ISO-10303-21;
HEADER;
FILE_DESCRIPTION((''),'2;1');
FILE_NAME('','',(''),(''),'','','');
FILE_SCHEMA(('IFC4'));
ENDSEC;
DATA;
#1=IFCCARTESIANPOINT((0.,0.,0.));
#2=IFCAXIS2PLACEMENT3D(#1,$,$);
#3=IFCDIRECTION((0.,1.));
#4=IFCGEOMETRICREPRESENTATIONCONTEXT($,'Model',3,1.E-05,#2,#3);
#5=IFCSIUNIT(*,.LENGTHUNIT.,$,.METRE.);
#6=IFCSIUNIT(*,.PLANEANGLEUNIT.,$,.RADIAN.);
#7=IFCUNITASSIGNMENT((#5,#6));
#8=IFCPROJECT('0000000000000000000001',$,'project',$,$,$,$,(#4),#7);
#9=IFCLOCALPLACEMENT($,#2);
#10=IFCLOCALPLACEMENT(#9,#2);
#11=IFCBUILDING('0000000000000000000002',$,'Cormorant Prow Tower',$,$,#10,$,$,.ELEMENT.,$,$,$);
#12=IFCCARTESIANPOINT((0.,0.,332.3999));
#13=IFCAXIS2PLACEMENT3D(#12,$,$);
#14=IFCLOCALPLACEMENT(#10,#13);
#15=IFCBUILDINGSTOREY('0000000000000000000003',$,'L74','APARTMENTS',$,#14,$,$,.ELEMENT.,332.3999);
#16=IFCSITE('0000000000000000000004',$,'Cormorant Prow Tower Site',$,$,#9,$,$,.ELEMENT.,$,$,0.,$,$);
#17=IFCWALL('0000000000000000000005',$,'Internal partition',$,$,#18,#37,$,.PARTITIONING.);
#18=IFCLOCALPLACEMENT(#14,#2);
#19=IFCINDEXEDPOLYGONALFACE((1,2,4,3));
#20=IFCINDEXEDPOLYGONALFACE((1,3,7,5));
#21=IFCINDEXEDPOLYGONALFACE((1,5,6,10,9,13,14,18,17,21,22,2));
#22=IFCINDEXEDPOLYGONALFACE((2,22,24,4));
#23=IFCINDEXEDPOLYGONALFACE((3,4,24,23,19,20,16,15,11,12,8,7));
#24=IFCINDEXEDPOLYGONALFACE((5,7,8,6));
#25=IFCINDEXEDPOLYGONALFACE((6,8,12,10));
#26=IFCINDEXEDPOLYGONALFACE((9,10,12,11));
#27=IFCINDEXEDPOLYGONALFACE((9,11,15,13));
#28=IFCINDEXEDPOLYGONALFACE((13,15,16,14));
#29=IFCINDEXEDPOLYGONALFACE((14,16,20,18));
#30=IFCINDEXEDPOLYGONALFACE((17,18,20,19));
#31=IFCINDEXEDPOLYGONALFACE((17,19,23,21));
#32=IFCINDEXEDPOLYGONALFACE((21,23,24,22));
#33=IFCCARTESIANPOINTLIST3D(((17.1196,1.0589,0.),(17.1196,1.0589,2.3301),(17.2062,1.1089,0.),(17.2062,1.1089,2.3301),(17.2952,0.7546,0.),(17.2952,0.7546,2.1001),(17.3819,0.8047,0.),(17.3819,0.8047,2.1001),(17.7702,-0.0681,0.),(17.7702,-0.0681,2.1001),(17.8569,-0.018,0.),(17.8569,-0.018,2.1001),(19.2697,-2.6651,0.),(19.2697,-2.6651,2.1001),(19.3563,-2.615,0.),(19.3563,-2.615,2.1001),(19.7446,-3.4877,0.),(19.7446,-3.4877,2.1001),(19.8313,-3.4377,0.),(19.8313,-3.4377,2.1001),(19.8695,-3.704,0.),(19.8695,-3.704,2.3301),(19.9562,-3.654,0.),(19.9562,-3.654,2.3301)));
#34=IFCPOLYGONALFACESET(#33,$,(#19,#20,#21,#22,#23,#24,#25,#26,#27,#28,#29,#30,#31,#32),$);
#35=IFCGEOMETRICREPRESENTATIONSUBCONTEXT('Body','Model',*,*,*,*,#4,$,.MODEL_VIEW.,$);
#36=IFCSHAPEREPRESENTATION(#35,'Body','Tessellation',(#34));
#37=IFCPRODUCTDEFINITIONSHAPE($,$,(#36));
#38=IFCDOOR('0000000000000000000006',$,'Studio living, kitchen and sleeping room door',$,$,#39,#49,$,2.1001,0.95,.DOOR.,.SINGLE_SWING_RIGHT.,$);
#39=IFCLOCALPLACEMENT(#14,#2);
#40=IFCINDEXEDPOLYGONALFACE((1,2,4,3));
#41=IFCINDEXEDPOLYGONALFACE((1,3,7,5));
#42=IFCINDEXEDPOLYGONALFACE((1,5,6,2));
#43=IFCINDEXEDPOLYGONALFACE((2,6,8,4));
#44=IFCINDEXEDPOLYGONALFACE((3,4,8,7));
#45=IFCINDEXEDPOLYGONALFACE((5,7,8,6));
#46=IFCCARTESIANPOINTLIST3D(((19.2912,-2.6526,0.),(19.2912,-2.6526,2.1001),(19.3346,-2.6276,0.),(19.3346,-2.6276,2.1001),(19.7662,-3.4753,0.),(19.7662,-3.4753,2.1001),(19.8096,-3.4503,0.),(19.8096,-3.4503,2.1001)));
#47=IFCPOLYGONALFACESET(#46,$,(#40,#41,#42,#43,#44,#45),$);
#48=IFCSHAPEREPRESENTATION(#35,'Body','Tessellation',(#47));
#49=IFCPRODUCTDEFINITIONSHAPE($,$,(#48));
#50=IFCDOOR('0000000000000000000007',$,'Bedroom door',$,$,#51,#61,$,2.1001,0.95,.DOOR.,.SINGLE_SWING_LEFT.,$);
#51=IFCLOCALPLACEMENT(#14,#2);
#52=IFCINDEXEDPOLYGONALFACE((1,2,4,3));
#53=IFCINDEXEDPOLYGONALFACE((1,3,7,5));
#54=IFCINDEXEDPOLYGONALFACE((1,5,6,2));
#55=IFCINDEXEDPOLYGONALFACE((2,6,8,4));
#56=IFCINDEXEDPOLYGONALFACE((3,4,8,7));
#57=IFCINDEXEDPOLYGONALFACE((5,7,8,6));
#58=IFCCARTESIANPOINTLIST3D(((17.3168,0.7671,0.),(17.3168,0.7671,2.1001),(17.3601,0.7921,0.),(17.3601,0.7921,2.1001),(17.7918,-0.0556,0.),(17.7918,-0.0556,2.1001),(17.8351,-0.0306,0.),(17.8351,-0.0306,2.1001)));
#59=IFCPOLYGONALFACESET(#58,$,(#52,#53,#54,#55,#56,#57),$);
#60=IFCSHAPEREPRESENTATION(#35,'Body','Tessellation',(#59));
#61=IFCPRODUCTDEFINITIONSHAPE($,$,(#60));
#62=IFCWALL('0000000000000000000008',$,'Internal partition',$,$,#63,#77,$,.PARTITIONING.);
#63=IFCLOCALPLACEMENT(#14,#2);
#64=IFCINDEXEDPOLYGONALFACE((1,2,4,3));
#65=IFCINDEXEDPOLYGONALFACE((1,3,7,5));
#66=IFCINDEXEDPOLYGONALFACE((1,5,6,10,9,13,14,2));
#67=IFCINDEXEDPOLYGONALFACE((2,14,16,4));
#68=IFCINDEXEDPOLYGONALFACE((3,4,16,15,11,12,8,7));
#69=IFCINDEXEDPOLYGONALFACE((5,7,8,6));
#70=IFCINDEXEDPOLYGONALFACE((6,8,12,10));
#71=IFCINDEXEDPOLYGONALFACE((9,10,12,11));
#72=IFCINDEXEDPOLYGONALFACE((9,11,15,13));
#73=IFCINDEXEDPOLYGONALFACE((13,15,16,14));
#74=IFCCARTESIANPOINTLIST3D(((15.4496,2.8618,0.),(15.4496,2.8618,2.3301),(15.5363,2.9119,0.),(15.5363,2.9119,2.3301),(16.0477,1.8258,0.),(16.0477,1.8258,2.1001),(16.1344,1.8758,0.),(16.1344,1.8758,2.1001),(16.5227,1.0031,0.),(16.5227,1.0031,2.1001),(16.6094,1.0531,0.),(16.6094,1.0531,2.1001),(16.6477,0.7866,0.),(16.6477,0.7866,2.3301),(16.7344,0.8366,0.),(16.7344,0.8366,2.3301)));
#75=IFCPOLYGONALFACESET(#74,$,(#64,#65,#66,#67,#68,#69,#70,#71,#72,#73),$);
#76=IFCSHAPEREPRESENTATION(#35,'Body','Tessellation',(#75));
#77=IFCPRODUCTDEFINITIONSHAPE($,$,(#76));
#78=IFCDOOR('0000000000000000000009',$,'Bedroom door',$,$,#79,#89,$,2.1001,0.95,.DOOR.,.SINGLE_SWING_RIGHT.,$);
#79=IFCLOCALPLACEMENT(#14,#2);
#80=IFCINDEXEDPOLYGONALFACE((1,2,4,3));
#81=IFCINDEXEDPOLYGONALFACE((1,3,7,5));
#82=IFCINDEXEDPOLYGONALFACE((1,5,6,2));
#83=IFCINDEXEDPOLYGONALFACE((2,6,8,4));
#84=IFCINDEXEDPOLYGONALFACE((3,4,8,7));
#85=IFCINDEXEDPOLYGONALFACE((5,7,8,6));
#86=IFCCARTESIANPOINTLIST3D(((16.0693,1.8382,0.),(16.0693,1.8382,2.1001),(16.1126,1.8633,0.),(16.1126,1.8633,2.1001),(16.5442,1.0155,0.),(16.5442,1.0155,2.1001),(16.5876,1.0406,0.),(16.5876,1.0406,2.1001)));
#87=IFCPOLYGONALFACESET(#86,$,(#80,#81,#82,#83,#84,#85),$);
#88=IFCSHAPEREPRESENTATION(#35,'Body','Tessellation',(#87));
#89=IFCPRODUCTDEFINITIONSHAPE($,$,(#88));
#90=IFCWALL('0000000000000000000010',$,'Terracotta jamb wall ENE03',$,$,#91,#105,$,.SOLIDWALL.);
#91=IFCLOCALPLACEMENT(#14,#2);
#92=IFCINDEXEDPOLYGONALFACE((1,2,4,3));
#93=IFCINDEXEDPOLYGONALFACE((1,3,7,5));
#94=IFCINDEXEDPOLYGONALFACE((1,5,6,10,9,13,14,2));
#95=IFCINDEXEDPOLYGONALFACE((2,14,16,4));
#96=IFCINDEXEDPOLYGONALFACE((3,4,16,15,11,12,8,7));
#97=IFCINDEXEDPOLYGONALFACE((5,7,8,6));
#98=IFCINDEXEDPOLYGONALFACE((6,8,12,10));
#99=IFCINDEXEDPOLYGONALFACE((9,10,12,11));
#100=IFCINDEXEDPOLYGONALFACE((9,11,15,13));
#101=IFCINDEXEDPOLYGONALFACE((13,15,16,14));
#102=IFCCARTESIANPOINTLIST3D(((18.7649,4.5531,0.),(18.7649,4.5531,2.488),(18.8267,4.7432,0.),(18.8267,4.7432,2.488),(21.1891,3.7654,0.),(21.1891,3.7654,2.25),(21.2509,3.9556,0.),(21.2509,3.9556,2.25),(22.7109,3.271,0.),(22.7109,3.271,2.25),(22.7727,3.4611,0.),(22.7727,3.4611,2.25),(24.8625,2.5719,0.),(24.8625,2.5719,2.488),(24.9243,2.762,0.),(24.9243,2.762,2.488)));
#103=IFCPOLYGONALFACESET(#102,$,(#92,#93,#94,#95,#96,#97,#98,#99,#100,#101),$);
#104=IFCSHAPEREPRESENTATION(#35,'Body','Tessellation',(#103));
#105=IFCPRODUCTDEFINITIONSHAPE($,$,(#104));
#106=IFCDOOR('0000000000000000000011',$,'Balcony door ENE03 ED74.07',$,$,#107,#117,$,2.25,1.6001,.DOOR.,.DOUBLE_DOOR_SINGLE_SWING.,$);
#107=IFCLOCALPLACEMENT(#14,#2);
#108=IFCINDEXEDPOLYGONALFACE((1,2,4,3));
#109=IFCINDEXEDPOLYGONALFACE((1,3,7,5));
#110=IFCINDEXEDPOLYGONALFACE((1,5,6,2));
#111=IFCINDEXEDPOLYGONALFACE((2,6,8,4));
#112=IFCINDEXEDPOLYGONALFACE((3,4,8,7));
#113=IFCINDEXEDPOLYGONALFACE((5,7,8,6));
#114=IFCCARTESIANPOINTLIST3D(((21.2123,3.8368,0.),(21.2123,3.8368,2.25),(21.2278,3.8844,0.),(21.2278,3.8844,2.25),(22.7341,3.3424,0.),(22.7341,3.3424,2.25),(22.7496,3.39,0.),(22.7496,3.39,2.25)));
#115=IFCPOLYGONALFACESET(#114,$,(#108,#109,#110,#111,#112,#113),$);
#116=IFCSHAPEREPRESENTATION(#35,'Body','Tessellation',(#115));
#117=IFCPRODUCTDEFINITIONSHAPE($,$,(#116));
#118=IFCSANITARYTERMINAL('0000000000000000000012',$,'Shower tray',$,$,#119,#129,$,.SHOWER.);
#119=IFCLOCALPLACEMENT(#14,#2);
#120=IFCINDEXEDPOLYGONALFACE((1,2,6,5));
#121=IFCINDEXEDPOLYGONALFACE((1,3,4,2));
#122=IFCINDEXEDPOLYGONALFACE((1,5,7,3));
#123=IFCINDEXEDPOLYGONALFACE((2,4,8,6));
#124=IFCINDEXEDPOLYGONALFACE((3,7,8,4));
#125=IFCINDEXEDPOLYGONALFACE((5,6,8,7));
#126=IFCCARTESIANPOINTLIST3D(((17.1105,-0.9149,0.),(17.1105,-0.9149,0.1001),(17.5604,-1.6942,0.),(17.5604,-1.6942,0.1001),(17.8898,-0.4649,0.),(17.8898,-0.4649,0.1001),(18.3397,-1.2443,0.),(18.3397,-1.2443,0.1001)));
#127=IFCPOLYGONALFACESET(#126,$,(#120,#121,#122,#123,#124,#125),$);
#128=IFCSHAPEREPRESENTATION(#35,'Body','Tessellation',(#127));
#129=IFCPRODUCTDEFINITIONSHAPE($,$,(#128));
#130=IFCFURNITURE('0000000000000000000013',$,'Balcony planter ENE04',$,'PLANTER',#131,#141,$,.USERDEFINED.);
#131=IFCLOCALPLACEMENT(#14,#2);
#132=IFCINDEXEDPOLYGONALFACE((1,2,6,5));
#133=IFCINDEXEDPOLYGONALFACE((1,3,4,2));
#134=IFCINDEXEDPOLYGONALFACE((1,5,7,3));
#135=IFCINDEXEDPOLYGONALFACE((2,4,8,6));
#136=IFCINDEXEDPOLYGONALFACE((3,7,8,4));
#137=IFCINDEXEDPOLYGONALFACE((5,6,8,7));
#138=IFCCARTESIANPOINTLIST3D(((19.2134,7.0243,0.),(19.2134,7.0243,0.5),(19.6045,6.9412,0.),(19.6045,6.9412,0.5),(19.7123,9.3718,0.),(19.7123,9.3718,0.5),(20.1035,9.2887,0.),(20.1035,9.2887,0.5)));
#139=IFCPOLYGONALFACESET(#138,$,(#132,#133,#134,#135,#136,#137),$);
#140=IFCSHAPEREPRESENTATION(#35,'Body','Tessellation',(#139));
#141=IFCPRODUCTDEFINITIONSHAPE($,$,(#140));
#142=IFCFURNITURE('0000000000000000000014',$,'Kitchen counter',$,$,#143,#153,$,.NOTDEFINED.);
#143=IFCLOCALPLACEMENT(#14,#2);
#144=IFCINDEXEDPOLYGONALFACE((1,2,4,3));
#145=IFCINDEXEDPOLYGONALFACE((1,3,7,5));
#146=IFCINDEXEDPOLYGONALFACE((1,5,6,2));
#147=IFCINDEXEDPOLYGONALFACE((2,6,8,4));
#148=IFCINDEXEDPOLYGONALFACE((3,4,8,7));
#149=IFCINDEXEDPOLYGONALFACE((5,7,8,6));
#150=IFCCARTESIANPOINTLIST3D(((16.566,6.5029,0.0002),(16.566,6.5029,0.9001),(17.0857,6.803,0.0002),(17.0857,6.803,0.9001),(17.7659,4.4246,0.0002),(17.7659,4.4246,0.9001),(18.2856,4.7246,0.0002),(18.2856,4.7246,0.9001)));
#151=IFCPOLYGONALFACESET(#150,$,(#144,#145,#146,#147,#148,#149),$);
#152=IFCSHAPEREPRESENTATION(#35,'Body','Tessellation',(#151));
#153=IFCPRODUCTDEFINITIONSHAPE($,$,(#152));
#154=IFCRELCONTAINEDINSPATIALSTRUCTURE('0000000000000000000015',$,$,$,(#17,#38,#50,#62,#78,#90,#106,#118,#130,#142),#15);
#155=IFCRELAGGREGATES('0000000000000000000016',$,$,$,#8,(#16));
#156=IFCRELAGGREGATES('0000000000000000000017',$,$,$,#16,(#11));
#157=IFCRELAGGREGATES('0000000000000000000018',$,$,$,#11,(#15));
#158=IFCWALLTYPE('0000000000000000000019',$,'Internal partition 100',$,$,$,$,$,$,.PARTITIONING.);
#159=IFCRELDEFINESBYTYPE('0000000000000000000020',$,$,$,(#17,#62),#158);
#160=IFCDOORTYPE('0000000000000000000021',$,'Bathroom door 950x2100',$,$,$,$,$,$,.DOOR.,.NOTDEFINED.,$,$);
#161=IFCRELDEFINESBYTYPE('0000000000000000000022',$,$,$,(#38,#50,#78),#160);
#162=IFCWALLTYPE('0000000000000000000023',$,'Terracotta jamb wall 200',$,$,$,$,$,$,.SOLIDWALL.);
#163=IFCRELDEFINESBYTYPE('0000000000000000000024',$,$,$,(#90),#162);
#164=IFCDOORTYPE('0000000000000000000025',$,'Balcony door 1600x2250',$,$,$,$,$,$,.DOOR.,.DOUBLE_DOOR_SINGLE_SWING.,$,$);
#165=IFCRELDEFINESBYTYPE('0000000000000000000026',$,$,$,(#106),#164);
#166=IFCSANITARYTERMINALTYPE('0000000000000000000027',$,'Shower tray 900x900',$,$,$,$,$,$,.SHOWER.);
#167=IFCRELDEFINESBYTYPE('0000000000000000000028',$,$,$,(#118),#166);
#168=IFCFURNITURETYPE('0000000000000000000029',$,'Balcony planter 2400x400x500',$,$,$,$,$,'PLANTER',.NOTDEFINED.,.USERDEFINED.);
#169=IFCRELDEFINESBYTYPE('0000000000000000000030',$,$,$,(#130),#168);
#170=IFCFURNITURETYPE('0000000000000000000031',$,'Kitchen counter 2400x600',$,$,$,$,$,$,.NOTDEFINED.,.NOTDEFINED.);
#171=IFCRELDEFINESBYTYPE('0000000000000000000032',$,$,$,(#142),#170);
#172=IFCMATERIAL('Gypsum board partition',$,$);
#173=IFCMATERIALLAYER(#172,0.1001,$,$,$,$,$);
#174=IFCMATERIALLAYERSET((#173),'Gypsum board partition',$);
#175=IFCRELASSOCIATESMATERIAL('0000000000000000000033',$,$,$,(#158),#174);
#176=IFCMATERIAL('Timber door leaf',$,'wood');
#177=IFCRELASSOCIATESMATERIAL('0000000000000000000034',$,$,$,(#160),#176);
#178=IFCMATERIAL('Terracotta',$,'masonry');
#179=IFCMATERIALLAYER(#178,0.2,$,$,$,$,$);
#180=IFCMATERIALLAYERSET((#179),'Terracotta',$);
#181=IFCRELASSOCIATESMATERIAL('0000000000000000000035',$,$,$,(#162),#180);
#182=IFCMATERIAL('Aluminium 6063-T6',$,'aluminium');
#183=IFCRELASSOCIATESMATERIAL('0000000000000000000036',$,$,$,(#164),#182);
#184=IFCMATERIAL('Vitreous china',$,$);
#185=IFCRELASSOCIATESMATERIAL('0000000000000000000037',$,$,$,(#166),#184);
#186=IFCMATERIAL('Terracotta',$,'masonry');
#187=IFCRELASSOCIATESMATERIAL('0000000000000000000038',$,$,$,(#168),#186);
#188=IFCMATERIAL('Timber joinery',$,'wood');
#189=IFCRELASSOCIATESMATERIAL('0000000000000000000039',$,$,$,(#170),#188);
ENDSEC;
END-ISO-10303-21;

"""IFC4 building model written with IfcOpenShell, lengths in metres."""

from ifc_helpers import new_model, si_unit, direction, frame, frame_2d, origin, origin_2d, place, context, subcontext, project, spatial, rectangle, extrude, material, layer, layer_set, type_object, element, fill, save


model = new_model("IFC4")

# Units and contexts
model_context = context("Model", 3, precision=1e-05, world=origin(), true_north=direction((0.0, 1.0)))
body_context = subcontext(model_context, "Body", "Model", "MODEL_VIEW")
ifc_project = project(units=[si_unit("LENGTHUNIT", "METRE"), si_unit("PLANEANGLEUNIT", "RADIAN")], contexts=[model_context])

# Site, building, storey
site_placement = place(None, origin())
site = spatial("IfcSite", under=ifc_project, at=site_placement, Name="Cormorant Prow Tower Site", CompositionType="ELEMENT", RefElevation=0.0)
building_placement = place(site_placement, origin())
building = spatial("IfcBuilding", under=site, at=building_placement, Name="Cormorant Prow Tower", CompositionType="ELEMENT")
storey_placement = place(building_placement, frame((0.0, 0.0, 332.3999)))
storey = spatial("IfcBuildingStorey", under=building, at=storey_placement, Name="L74", Description="APARTMENTS", CompositionType="ELEMENT", Elevation=332.3999)

# Wall, openings, doors
ifc_material_1 = material(Name="Gypsum board partition")
ifc_layer_1 = layer(ifc_material_1, 0.1001)
ifc_layer_set_1 = layer_set([ifc_layer_1], Name="Gypsum board partition")
wall_type_1 = type_object("IfcWallType", Name="Internal partition 100", PredefinedType="PARTITIONING", material=ifc_layer_set_1)
wall_1_placement = place(storey_placement, frame((17.1628, 1.084, 0.0), z_axis=(0.0, 0.0, 1.0), x_axis=(0.500016, -0.866016, 0.0)))
wall_1 = element("IfcWall", 1, at=wall_1_placement, inside=storey, type_object=wall_type_1, Name="Internal partition", PredefinedType="PARTITIONING", context=body_context, shape_type="SweptSolid", body=[
    extrude(rectangle(XDim=5.4998, YDim=0.1001, at=frame_2d((2.75, 0.0))), origin(), (0.0, 0.0, 1.0), 2.3301),
])
opening_1_placement = place(wall_1_placement, frame((4.3, 0.0, 0.0)))
opening_1 = element("IfcOpeningElement", 2, at=opening_1_placement, cuts=wall_1, PredefinedType="OPENING", context=body_context, shape_type="SweptSolid", body=[
    extrude(rectangle(XDim=0.95, YDim=2.1001, at=frame_2d((0.4751, 1.05))), frame((0.0, 0.0601, 0.0), z_axis=(0.0, -1.0, 0.0), x_axis=(1.0, 0.0, 0.0)), (0.0, 0.0, 1.0), 0.1201),
])
opening_2_placement = place(wall_1_placement, frame((0.3513, 0.0, 0.0)))
opening_2 = element("IfcOpeningElement", 3, at=opening_2_placement, cuts=wall_1, PredefinedType="OPENING", context=body_context, shape_type="SweptSolid", body=[
    extrude(rectangle(XDim=0.95, YDim=2.1001, at=frame_2d((0.4751, 1.05))), frame((0.0, 0.0601, 0.0), z_axis=(0.0, -1.0, 0.0), x_axis=(1.0, 0.0, 0.0)), (0.0, 0.0, 1.0), 0.1201),
])
ifc_material_2 = material(Name="Timber door leaf", Category="wood")
door_type_1 = type_object("IfcDoorType", Name="Bathroom door 950x2100", OperationType="NOTDEFINED", PredefinedType="DOOR", material=ifc_material_2)
door_1_placement = place(opening_1_placement, origin())
door_1 = element("IfcDoor", 4, at=door_1_placement, inside=storey, type_object=door_type_1, Name="Studio living, kitchen and sleeping room door", OperationType="SINGLE_SWING_RIGHT", OverallHeight=2.1001, OverallWidth=0.95, PredefinedType="DOOR", context=body_context, shape_type="SweptSolid", body=[
    extrude(rectangle(XDim=0.95, YDim=2.1001, at=frame_2d((0.4751, 1.05))), frame((0.0, 0.0249, 0.0), z_axis=(0.0, -1.0, 0.0), x_axis=(1.0, 0.0, 0.0)), (0.0, 0.0, 1.0), 0.05),
])
fill(opening_1, door_1)
door_2_placement = place(opening_2_placement, origin())
door_2 = element("IfcDoor", 5, at=door_2_placement, inside=storey, type_object=door_type_1, Name="Bedroom door", OperationType="SINGLE_SWING_LEFT", OverallHeight=2.1001, OverallWidth=0.95, PredefinedType="DOOR", context=body_context, shape_type="SweptSolid", body=[
    extrude(rectangle(XDim=0.95, YDim=2.1001, at=frame_2d((0.4751, 1.05))), frame((0.0, 0.0249, 0.0), z_axis=(0.0, -1.0, 0.0), x_axis=(1.0, 0.0, 0.0)), (0.0, 0.0, 1.0), 0.05),
])
fill(opening_2, door_2)

# Walls, openings, doors
wall_2_placement = place(storey_placement, frame((15.4929, 2.887, 0.0), z_axis=(0.0, 0.0, 1.0), x_axis=(0.499964, -0.866046, 0.0)))
wall_2 = element("IfcWall", 6, at=wall_2_placement, inside=storey, type_object=wall_type_1, Name="Internal partition", PredefinedType="PARTITIONING", context=body_context, shape_type="SweptSolid", body=[
    extrude(rectangle(XDim=2.3962, YDim=0.1001, at=frame_2d((1.1982, 0.0))), origin(), (0.0, 0.0, 1.0), 2.3301),
])
opening_3_placement = place(wall_2_placement, frame((1.1963, 0.0, 0.0)))
opening_3 = element("IfcOpeningElement", 7, at=opening_3_placement, cuts=wall_2, PredefinedType="OPENING", context=body_context, shape_type="SweptSolid", body=[
    extrude(rectangle(XDim=0.95, YDim=2.1001, at=frame_2d((0.4751, 1.05))), frame((0.0, 0.0601, 0.0), z_axis=(0.0, -1.0, 0.0), x_axis=(1.0, 0.0, 0.0)), (0.0, 0.0, 1.0), 0.1201),
])
door_3_placement = place(opening_3_placement, origin())
door_3 = element("IfcDoor", 8, at=door_3_placement, inside=storey, type_object=door_type_1, Name="Bedroom door", OperationType="SINGLE_SWING_RIGHT", OverallHeight=2.1001, OverallWidth=0.95, PredefinedType="DOOR", context=body_context, shape_type="SweptSolid", body=[
    extrude(rectangle(XDim=0.95, YDim=2.1001, at=frame_2d((0.4751, 1.05))), frame((0.0, 0.0249, 0.0), z_axis=(0.0, -1.0, 0.0), x_axis=(1.0, 0.0, 0.0)), (0.0, 0.0, 1.0), 0.05),
])
fill(opening_3, door_3)
ifc_material_3 = material(Name="Terracotta", Category="masonry")
ifc_layer_2 = layer(ifc_material_3, 0.2)
ifc_layer_set_2 = layer_set([ifc_layer_2], Name="Terracotta")
wall_type_2 = type_object("IfcWallType", Name="Terracotta jamb wall 200", PredefinedType="SOLIDWALL", material=ifc_layer_set_2)
wall_3_placement = place(storey_placement, frame((24.8933, 2.667, 0.0), z_axis=(0.0, 0.0, 1.0), x_axis=(-0.951059, 0.30901, 0.0)))
wall_3 = element("IfcWall", 9, at=wall_3_placement, inside=storey, type_object=wall_type_2, Name="Terracotta jamb wall ENE03", PredefinedType="SOLIDWALL", context=body_context, shape_type="SweptSolid", body=[
    extrude(rectangle(XDim=6.4114, YDim=0.2, at=frame_2d((3.2056, 0.0))), origin(), (0.0, 0.0, 1.0), 2.488),
])
opening_4_placement = place(wall_3_placement, frame((2.2622, 0.0, 0.0)))
opening_4 = element("IfcOpeningElement", 10, at=opening_4_placement, cuts=wall_3, PredefinedType="OPENING", context=body_context, shape_type="SweptSolid", body=[
    extrude(rectangle(XDim=1.6001, YDim=2.25, at=frame_2d((0.8, 1.125))), frame((0.0, 0.1099, 0.0), z_axis=(0.0, -1.0, 0.0), x_axis=(1.0, 0.0, 0.0)), (0.0, 0.0, 1.0), 0.22),
])
ifc_material_4 = material(Name="Aluminium 6063-T6", Category="aluminium")
door_type_2 = type_object("IfcDoorType", Name="Balcony door 1600x2250", OperationType="DOUBLE_DOOR_SINGLE_SWING", PredefinedType="DOOR", material=ifc_material_4)
door_4_placement = place(opening_4_placement, origin())
door_4 = element("IfcDoor", 11, at=door_4_placement, inside=storey, type_object=door_type_2, Name="Balcony door ENE03 ED74.07", OperationType="DOUBLE_DOOR_SINGLE_SWING", OverallHeight=2.25, OverallWidth=1.6001, PredefinedType="DOOR", context=body_context, shape_type="SweptSolid", body=[
    extrude(rectangle(XDim=1.6001, YDim=2.25, at=frame_2d((0.8, 1.125))), frame((0.0, 0.0249, 0.0), z_axis=(0.0, -1.0, 0.0), x_axis=(1.0, 0.0, 0.0)), (0.0, 0.0, 1.0), 0.05),
])
fill(opening_4, door_4)

# Sanitary terminal
ifc_material_5 = material(Name="Vitreous china")
sanitary_terminal_type = type_object("IfcSanitaryTerminalType", Name="Shower tray 900x900", PredefinedType="SHOWER", material=ifc_material_5)
sanitary_terminal_placement = place(storey_placement, frame((17.7251, -1.0796, 0.0), z_axis=(0.0, 0.0, 1.0), x_axis=(-0.866025, -0.5, 0.0)))
element("IfcSanitaryTerminal", 12, at=sanitary_terminal_placement, inside=storey, type_object=sanitary_terminal_type, Name="Shower tray", PredefinedType="SHOWER", context=body_context, shape_type="SweptSolid", body=[
    extrude(rectangle(XDim=0.8999, YDim=0.8999, at=origin_2d()), origin(), (0.0, 0.0, 1.0), 0.1001),
])

# Furniture
ifc_material_6 = material(Name="Terracotta", Category="masonry")
furniture_type_1 = type_object("IfcFurnitureType", Name="Balcony planter 2400x400x500", ElementType="PLANTER", AssemblyPlace="NOTDEFINED", PredefinedType="USERDEFINED", material=ifc_material_6)
furniture_1_placement = place(storey_placement, frame((19.6584, 8.1565, 0.0), z_axis=(0.0, 0.0, 1.0), x_axis=(0.207912, 0.978148, 0.0)))
element("IfcFurniture", 13, at=furniture_1_placement, inside=storey, type_object=furniture_type_1, Name="Balcony planter ENE04", ObjectType="PLANTER", PredefinedType="USERDEFINED", context=body_context, shape_type="SweptSolid", body=[
    extrude(rectangle(XDim=2.3999, YDim=0.3999, at=origin_2d()), origin(), (0.0, 0.0, 1.0), 0.5),
])
ifc_material_7 = material(Name="Timber joinery", Category="wood")
furniture_type_2 = type_object("IfcFurnitureType", Name="Kitchen counter 2400x600", AssemblyPlace="NOTDEFINED", PredefinedType="NOTDEFINED", material=ifc_material_7)
furniture_2_placement = place(storey_placement, frame((17.4258, 5.6138, 0.0002), z_axis=(0.0, 0.0, 1.0), x_axis=(-0.5, 0.866025, 0.0)))
element("IfcFurniture", 14, at=furniture_2_placement, inside=storey, type_object=furniture_type_2, Name="Kitchen counter", PredefinedType="NOTDEFINED", context=body_context, shape_type="SweptSolid", body=[
    extrude(rectangle(XDim=2.3999, YDim=0.6001, at=origin_2d()), origin(), (0.0, 0.0, 1.0), 0.8999),
])

save(model, "model.ifc")
